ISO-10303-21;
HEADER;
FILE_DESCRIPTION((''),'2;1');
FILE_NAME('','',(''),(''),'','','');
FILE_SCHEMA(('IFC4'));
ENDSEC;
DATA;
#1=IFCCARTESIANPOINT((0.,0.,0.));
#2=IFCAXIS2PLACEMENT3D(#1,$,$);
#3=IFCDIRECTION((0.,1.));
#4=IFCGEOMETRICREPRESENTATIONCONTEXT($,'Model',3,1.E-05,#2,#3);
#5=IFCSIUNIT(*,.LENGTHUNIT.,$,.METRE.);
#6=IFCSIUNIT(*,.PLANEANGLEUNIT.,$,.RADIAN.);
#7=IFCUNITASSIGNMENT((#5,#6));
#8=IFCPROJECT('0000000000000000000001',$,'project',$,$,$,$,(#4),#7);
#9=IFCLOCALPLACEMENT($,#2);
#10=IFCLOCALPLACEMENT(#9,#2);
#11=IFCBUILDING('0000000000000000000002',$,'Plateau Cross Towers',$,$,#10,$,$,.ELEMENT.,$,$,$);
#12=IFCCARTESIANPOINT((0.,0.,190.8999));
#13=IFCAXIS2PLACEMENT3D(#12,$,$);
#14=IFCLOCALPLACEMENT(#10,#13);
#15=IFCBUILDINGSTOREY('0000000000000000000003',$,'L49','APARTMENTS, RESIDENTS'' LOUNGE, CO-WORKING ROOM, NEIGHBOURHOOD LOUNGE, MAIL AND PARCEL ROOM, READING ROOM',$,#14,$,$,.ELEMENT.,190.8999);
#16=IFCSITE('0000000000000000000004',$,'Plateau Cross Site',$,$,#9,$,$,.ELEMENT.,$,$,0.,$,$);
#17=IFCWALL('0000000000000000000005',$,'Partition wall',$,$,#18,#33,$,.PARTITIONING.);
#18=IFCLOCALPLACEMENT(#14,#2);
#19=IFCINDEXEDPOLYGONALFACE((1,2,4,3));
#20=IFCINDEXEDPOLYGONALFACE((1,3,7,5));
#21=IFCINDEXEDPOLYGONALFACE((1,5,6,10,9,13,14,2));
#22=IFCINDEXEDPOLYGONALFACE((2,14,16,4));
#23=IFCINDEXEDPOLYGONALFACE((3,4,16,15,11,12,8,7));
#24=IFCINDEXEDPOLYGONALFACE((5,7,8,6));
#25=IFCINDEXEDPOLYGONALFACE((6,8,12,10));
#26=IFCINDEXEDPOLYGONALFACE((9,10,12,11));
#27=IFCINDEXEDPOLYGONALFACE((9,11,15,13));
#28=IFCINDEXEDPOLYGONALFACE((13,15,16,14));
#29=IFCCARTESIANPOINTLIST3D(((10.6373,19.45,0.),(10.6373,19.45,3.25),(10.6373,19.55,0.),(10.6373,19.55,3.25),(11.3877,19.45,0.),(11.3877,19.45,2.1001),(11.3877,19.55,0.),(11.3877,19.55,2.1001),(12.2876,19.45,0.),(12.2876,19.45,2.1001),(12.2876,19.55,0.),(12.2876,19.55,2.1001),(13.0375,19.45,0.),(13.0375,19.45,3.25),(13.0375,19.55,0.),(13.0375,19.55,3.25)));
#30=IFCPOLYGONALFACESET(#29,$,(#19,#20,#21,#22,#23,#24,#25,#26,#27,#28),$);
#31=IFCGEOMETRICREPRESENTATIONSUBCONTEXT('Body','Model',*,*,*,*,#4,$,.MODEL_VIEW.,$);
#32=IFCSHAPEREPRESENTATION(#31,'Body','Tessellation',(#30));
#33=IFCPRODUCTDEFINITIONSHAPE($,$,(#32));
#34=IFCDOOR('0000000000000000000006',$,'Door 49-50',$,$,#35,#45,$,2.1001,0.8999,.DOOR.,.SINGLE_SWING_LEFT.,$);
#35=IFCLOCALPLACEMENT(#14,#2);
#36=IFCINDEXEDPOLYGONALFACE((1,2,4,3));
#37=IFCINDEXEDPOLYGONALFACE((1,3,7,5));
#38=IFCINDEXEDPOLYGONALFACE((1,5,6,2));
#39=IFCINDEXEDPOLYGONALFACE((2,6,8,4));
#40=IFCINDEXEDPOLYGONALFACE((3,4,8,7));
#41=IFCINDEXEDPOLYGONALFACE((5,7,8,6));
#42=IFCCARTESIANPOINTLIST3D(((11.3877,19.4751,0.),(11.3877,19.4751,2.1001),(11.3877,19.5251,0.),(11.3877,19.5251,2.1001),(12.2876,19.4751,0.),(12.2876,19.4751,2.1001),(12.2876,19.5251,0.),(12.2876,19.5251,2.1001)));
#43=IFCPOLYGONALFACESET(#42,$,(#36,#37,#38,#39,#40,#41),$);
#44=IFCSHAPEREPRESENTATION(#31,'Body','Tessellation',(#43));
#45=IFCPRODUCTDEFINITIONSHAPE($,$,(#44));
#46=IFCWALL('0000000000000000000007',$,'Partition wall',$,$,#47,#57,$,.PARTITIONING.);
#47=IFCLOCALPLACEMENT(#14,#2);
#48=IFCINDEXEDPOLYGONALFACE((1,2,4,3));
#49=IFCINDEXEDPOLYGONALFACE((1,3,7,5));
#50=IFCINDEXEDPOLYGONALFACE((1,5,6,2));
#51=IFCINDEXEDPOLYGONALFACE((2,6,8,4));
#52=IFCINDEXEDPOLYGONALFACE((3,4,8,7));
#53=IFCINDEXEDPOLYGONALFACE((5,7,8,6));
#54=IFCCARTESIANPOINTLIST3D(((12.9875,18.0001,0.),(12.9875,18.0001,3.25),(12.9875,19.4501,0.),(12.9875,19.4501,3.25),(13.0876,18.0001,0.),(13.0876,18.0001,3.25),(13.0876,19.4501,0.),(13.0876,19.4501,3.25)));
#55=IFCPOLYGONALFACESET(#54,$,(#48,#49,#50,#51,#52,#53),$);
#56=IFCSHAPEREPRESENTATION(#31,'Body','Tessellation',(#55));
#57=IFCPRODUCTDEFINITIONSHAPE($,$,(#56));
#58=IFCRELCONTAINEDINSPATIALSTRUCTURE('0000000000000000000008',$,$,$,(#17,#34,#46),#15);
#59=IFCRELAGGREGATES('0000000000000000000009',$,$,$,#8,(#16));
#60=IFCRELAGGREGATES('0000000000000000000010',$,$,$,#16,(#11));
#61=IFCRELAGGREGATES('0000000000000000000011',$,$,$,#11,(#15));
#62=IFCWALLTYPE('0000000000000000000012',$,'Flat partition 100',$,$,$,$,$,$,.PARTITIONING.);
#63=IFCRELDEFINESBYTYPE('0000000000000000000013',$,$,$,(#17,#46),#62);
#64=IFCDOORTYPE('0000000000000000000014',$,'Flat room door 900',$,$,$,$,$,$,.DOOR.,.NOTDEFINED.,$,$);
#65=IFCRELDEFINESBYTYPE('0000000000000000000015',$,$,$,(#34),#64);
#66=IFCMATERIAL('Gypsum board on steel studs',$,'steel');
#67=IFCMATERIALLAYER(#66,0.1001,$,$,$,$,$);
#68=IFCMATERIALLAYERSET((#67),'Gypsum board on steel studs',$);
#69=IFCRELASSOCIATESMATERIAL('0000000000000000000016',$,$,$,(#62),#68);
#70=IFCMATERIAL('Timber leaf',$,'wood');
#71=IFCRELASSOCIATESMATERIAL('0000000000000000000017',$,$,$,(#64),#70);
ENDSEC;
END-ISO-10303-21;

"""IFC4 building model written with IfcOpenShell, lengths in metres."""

from ifc_helpers import new_model, si_unit, direction, frame, frame_2d, origin, place, context, subcontext, project, spatial, rectangle, extrude, material, layer, layer_set, type_object, element, fill, save


model = new_model("IFC4")

# Units and contexts
model_context = context("Model", 3, precision=1e-05, world=origin(), true_north=direction((0.0, 1.0)))
body_context = subcontext(model_context, "Body", "Model", "MODEL_VIEW")
ifc_project = project(units=[si_unit("LENGTHUNIT", "METRE"), si_unit("PLANEANGLEUNIT", "RADIAN")], contexts=[model_context])

# Site, building, storey
site_placement = place(None, origin())
site = spatial("IfcSite", under=ifc_project, at=site_placement, Name="Plateau Cross Site", CompositionType="ELEMENT", RefElevation=0.0)
building_placement = place(site_placement, origin())
building = spatial("IfcBuilding", under=site, at=building_placement, Name="Plateau Cross Towers", CompositionType="ELEMENT")
storey_placement = place(building_placement, frame((0.0, 0.0, 190.8999)))
storey = spatial("IfcBuildingStorey", under=building, at=storey_placement, Name="L49", Description="APARTMENTS, RESIDENTS' LOUNGE, CO-WORKING ROOM, NEIGHBOURHOOD LOUNGE, MAIL AND PARCEL ROOM, READING ROOM", CompositionType="ELEMENT", Elevation=190.8999)

# Wall, opening, door
ifc_material_1 = material(Name="Gypsum board on steel studs", Category="steel")
ifc_layer_1 = layer(ifc_material_1, 0.1001)
ifc_layer_set_1 = layer_set([ifc_layer_1], Name="Gypsum board on steel studs")
wall_type_1 = type_object("IfcWallType", Name="Flat partition 100", PredefinedType="PARTITIONING", material=ifc_layer_set_1)
ifc_material_2 = material(Name="Timber leaf", Category="wood")
door_type_1 = type_object("IfcDoorType", Name="Flat room door 900", OperationType="NOTDEFINED", PredefinedType="DOOR", material=ifc_material_2)
wall_1_placement = place(storey_placement, frame((13.0376, 19.5, 0.0), z_axis=(0.0, 0.0, 1.0), x_axis=(-1.0, 0.0, 0.0)))
wall_1 = element("IfcWall", 1, at=wall_1_placement, inside=storey, type_object=wall_type_1, Name="Partition wall", PredefinedType="PARTITIONING", context=body_context, shape_type="SweptSolid", body=[
    extrude(rectangle(XDim=2.4001, YDim=0.1001, at=frame_2d((1.2002, 0.0))), origin(), (0.0, 0.0, 1.0), 3.25),
])
opening_1_placement = place(wall_1_placement, frame((0.75, 0.0, 0.0)))
opening_1 = element("IfcOpeningElement", 2, at=opening_1_placement, cuts=wall_1, PredefinedType="OPENING", context=body_context, shape_type="SweptSolid", body=[
    extrude(rectangle(XDim=0.8999, YDim=2.1001, at=frame_2d((0.45, 1.05))), frame((0.0, 0.0601, 0.0), z_axis=(0.0, -1.0, 0.0), x_axis=(1.0, 0.0, 0.0)), (0.0, 0.0, 1.0), 0.1201),
])
door_1_placement = place(opening_1_placement, origin())
door_1 = element("IfcDoor", 3, at=door_1_placement, inside=storey, type_object=door_type_1, Name="Door 49-50", OperationType="SINGLE_SWING_LEFT", OverallHeight=2.1001, OverallWidth=0.8999, PredefinedType="DOOR", context=body_context, shape_type="SweptSolid", body=[
    extrude(rectangle(XDim=0.8999, YDim=2.1001, at=frame_2d((0.45, 1.05))), frame((0.0, 0.0249, 0.0), z_axis=(0.0, -1.0, 0.0), x_axis=(1.0, 0.0, 0.0)), (0.0, 0.0, 1.0), 0.05),
])
fill(opening_1, door_1)

# Wall
wall_2_placement = place(storey_placement, frame((13.0376, 18.0, 0.0), z_axis=(0.0, 0.0, 1.0), x_axis=(0.0, 1.0, 0.0)))
element("IfcWall", 4, at=wall_2_placement, inside=storey, type_object=wall_type_1, Name="Partition wall", PredefinedType="PARTITIONING", context=body_context, shape_type="SweptSolid", body=[
    extrude(rectangle(XDim=1.45, YDim=0.1001, at=frame_2d((0.7251, 0.0))), origin(), (0.0, 0.0, 1.0), 3.25),
])

save(model, "model.ifc")
